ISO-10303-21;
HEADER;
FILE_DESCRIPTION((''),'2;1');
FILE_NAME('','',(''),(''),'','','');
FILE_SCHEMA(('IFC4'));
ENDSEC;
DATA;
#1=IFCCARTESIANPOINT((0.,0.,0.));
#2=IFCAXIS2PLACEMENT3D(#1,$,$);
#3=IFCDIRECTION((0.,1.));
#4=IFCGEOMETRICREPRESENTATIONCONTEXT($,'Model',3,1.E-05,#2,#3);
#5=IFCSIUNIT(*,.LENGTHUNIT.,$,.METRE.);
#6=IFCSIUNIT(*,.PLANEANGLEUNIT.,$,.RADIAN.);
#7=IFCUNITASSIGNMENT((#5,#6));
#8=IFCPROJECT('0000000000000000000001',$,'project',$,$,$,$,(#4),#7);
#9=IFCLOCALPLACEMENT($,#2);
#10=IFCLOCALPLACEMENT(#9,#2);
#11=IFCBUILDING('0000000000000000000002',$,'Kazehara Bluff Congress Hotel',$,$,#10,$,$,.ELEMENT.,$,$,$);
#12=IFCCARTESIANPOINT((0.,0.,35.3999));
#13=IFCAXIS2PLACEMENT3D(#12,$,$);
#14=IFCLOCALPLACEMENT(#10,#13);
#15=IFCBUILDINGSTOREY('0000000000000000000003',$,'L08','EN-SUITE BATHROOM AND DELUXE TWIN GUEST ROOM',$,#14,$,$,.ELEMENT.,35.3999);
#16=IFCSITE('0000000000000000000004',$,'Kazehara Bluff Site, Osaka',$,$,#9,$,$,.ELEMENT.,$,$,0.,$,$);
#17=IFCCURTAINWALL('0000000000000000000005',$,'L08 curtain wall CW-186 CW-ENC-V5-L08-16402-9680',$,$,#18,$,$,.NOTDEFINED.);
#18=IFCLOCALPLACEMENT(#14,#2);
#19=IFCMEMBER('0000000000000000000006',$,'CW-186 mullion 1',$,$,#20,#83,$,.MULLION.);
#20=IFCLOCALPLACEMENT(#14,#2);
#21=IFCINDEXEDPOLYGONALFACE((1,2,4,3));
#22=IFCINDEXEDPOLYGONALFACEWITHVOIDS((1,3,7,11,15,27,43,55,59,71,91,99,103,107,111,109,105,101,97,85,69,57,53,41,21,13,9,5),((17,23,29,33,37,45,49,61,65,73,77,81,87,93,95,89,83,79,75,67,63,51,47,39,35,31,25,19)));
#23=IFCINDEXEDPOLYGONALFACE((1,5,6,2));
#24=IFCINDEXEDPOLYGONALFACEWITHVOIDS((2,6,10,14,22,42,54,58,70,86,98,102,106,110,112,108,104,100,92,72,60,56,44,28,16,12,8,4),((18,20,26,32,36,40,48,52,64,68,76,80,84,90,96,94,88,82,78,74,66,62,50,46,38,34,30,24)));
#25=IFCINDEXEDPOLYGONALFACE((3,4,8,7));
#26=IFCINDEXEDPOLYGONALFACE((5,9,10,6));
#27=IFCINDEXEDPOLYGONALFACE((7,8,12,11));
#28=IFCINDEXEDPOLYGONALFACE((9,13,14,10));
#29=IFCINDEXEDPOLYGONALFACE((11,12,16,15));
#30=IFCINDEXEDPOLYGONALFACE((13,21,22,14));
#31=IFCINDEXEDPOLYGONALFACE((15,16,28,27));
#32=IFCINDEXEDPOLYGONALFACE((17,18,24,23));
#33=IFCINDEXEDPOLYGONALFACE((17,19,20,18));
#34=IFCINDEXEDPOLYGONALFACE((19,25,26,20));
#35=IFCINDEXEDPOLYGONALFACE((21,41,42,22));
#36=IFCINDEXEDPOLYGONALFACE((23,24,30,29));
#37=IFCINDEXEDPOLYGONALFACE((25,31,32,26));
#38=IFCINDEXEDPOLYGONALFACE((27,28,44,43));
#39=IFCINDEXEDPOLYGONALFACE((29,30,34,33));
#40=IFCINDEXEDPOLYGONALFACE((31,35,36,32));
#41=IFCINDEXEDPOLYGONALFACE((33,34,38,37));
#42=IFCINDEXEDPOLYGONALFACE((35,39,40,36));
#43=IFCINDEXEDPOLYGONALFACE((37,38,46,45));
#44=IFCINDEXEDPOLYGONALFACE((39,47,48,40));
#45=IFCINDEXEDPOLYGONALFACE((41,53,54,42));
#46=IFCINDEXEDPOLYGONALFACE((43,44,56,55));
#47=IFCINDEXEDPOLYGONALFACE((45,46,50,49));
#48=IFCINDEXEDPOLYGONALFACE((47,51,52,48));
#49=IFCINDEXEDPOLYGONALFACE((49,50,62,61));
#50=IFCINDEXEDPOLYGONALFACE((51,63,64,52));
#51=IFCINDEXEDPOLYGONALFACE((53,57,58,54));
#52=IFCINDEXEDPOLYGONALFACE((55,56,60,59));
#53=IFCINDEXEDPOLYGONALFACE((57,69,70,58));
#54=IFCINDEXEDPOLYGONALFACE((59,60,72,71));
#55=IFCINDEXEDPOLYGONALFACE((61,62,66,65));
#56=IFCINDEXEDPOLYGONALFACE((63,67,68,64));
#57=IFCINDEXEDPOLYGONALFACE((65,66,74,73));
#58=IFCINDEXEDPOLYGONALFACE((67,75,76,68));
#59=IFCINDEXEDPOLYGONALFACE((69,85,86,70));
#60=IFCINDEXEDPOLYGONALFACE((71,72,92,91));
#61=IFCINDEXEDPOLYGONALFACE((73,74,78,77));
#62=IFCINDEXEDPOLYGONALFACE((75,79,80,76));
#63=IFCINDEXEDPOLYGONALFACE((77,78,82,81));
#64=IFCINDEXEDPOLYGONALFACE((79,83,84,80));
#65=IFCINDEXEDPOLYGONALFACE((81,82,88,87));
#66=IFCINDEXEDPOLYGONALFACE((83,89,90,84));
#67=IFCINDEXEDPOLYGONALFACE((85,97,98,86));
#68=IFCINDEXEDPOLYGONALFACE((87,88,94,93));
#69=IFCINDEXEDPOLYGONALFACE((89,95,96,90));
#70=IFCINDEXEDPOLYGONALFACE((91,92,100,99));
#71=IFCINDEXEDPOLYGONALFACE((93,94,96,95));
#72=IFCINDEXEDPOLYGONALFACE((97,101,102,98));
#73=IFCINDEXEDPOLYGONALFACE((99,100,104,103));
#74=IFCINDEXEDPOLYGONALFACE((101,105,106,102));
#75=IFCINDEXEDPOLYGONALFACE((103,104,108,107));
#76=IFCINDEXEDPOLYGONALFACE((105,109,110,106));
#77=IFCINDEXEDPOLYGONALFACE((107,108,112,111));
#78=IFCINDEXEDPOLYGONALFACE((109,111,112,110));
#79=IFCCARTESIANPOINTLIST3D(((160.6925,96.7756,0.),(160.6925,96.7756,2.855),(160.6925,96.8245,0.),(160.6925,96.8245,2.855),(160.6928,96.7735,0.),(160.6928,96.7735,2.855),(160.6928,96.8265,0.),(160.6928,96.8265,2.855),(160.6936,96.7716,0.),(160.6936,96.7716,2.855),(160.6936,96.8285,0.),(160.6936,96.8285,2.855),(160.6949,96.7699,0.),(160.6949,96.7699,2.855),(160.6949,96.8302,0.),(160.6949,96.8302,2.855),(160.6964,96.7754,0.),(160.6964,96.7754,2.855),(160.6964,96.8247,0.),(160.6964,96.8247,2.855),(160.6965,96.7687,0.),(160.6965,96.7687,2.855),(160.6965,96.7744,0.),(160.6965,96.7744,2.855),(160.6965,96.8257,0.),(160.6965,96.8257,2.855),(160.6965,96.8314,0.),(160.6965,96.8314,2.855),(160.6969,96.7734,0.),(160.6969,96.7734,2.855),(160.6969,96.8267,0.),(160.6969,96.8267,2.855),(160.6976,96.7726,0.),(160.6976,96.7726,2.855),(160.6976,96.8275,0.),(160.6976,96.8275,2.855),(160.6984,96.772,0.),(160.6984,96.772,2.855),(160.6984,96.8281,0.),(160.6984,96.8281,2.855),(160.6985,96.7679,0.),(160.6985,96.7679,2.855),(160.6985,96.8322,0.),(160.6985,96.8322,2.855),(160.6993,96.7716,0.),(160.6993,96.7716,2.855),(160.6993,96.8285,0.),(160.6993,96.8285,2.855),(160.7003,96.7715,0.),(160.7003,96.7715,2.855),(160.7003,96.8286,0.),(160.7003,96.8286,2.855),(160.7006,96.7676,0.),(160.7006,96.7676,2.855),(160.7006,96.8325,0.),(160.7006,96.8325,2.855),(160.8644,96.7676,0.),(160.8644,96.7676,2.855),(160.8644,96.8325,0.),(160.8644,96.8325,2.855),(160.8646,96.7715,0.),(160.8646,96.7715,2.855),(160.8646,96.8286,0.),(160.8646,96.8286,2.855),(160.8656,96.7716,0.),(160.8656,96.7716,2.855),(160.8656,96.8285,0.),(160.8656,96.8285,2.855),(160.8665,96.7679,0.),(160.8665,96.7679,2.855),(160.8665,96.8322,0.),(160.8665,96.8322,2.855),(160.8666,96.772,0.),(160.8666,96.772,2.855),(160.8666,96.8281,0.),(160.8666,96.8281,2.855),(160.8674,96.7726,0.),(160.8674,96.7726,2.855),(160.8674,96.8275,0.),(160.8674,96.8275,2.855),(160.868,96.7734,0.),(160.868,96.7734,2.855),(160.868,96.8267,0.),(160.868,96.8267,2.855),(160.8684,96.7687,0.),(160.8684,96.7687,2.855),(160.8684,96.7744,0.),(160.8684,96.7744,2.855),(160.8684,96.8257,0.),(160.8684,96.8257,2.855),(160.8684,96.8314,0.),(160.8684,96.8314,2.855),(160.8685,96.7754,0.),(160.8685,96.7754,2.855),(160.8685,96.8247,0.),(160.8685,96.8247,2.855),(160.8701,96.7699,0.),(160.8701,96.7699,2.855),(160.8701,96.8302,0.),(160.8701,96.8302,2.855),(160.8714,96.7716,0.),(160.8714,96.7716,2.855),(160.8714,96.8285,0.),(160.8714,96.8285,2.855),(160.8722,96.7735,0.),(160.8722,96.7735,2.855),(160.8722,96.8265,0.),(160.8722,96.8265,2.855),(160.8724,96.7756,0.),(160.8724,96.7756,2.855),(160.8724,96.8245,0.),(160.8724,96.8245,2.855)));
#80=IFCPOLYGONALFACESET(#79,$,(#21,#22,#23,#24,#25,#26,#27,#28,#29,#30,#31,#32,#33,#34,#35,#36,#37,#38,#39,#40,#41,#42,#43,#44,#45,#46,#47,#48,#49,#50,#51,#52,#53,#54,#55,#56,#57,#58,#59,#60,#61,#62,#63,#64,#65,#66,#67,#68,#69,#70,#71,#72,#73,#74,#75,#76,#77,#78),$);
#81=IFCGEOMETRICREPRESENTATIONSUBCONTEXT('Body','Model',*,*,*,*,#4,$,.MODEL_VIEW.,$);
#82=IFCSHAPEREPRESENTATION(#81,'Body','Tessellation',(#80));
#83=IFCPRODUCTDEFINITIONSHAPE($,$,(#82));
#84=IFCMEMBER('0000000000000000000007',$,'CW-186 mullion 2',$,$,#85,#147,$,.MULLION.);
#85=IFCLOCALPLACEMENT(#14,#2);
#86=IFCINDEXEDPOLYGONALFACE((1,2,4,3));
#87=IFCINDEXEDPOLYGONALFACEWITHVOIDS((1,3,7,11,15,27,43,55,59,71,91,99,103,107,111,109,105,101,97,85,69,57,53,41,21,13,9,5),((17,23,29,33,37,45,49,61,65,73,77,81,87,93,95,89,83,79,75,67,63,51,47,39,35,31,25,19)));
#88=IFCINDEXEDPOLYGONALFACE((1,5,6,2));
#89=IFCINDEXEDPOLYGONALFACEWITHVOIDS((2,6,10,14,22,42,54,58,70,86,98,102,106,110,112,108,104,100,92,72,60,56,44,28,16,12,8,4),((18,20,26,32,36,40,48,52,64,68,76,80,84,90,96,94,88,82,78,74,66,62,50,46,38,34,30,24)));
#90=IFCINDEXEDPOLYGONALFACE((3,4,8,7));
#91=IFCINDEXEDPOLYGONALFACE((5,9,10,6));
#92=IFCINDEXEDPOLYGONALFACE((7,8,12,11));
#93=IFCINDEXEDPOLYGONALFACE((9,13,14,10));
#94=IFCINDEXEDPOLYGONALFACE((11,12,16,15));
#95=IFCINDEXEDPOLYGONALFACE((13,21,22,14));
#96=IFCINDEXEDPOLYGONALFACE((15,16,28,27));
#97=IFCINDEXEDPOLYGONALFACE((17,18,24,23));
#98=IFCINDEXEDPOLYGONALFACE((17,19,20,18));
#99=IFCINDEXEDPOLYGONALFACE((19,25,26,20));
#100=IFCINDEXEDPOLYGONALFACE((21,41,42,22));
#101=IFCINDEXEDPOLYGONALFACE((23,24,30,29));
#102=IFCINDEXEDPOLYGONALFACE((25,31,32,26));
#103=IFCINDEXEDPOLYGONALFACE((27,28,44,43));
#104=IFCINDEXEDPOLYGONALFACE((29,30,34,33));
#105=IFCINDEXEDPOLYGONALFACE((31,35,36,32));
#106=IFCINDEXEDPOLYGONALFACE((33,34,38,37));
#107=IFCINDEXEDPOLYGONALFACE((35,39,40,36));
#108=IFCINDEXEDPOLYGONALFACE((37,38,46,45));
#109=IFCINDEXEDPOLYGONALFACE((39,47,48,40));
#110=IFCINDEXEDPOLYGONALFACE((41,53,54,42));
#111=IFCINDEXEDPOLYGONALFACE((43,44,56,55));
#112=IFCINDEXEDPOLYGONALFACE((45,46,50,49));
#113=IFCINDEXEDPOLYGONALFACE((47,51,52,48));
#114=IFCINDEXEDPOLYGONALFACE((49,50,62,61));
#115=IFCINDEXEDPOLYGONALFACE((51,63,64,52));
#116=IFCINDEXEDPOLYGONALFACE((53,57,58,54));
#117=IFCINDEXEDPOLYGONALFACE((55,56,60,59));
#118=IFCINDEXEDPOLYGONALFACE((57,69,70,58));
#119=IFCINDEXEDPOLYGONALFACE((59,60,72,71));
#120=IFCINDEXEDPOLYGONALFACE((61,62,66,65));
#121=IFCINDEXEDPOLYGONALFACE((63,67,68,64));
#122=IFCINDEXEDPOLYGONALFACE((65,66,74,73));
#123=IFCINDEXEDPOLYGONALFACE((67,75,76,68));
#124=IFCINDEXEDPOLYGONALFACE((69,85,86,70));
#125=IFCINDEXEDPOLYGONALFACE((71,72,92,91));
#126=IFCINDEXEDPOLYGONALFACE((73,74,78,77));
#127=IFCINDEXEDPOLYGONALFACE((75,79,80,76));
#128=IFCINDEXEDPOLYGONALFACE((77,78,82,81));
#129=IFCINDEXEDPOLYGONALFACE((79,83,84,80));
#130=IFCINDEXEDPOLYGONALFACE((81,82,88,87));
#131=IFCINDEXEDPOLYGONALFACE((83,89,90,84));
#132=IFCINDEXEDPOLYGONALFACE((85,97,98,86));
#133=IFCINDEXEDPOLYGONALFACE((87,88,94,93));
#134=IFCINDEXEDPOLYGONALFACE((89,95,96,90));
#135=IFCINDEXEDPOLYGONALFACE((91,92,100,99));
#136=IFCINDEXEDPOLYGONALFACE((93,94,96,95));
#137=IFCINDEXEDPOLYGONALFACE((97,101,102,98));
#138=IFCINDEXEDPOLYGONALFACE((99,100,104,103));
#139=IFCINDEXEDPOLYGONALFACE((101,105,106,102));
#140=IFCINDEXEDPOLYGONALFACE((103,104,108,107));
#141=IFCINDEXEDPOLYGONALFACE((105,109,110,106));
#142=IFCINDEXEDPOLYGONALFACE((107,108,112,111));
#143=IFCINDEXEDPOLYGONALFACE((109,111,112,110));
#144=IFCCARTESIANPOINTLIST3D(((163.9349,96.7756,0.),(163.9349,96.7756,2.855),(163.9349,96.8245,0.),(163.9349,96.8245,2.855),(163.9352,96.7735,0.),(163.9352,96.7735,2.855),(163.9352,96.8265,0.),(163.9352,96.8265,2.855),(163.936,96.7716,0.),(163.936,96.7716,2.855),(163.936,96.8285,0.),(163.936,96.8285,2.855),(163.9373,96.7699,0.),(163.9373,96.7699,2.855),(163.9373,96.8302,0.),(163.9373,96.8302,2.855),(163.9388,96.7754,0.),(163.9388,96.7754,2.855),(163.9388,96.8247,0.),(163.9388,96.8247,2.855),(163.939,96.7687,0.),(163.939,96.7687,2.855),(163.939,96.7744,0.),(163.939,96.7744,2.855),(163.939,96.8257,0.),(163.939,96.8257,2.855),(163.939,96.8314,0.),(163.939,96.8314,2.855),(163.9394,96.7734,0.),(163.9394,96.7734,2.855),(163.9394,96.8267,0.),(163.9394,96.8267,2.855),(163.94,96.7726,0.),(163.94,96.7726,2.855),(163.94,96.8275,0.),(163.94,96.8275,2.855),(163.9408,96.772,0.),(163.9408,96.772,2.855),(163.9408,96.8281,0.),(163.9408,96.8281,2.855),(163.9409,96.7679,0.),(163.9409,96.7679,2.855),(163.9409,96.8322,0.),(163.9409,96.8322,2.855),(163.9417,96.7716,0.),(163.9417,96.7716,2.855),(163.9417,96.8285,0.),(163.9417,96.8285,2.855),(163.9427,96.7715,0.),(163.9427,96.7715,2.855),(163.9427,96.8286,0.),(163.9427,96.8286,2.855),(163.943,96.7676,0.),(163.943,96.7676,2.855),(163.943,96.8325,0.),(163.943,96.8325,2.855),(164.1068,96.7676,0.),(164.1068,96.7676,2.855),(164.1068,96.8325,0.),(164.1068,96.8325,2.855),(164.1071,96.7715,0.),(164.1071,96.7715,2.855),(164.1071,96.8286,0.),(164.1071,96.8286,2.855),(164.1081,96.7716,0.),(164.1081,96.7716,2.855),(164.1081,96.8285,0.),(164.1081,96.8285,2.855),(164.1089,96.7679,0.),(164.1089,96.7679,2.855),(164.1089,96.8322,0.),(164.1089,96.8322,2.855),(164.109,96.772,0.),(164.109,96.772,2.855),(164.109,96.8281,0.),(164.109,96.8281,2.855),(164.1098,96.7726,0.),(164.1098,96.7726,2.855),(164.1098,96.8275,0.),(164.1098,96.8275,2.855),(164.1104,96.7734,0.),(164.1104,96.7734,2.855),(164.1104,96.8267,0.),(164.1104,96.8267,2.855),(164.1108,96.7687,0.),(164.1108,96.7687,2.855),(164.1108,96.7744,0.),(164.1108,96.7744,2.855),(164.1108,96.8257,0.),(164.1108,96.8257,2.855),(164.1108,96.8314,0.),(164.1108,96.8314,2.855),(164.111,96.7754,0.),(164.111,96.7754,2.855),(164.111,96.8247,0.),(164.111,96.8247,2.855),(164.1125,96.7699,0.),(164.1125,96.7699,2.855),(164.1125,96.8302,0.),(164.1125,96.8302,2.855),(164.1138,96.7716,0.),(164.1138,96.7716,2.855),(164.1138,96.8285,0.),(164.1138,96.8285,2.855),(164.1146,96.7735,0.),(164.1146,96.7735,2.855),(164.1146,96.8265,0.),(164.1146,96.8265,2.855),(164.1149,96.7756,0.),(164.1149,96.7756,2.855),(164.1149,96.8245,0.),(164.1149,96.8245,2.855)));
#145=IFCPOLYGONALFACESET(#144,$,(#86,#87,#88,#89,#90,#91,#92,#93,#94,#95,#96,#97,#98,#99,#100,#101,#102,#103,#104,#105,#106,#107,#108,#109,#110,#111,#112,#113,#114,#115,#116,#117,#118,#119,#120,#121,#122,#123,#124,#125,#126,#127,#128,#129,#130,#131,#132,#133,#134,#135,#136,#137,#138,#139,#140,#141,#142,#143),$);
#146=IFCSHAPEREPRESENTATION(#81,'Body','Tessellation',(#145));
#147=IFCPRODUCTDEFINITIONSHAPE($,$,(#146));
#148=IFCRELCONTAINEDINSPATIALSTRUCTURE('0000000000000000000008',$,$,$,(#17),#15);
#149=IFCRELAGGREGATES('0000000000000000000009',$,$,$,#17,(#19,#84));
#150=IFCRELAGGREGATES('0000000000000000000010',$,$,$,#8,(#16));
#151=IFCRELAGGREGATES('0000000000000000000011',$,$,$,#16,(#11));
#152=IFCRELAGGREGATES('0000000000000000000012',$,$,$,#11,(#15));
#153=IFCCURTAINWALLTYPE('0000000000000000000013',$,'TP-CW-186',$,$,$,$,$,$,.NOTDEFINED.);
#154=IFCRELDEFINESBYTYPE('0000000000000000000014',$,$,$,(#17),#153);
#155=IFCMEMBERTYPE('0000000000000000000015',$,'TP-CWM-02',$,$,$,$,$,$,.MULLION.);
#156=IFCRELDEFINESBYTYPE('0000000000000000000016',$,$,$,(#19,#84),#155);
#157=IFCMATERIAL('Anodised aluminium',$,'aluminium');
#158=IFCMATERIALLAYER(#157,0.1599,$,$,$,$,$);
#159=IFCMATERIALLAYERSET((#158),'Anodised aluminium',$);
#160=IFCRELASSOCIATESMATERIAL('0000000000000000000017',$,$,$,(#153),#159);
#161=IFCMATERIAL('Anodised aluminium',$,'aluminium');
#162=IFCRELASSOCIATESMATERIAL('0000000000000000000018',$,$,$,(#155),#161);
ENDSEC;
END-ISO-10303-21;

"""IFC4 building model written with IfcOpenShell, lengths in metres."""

from ifc_helpers import new_model, si_unit, direction, frame, origin, origin_2d, place, context, subcontext, project, spatial, hollow_rectangle, extrude, material, layer, layer_set, material_profile, profile_set, type_object, element, aggregate, save


model = new_model("IFC4")

# Units and contexts
model_context = context("Model", 3, precision=1e-05, world=origin(), true_north=direction((0.0, 1.0)))
body_context = subcontext(model_context, "Body", "Model", "MODEL_VIEW")
ifc_project = project(units=[si_unit("LENGTHUNIT", "METRE"), si_unit("PLANEANGLEUNIT", "RADIAN")], contexts=[model_context])

# Site, building, storey
site_placement = place(None, origin())
site = spatial("IfcSite", under=ifc_project, at=site_placement, Name="Kazehara Bluff Site, Osaka", CompositionType="ELEMENT", RefElevation=0.0)
building_placement = place(site_placement, origin())
building = spatial("IfcBuilding", under=site, at=building_placement, Name="Kazehara Bluff Congress Hotel", CompositionType="ELEMENT")
storey_placement = place(building_placement, frame((0.0, 0.0, 35.3999)))
storey = spatial("IfcBuildingStorey", under=building, at=storey_placement, Name="L08", Description="EN-SUITE BATHROOM AND DELUXE TWIN GUEST ROOM", CompositionType="ELEMENT", Elevation=35.3999)

# Curtain wall, members
ifc_material_1 = material(Name="Anodised aluminium", Category="aluminium")
ifc_layer_1 = layer(ifc_material_1, 0.1599)
ifc_layer_set_1 = layer_set([ifc_layer_1], Name="Anodised aluminium")
curtain_wall_type = type_object("IfcCurtainWallType", Name="TP-CW-186", PredefinedType="NOTDEFINED", material=ifc_layer_set_1)
curtain_wall_placement = place(storey_placement, origin())
curtain_wall = element("IfcCurtainWall", 1, at=curtain_wall_placement, inside=storey, type_object=curtain_wall_type, Name="L08 curtain wall CW-186 CW-ENC-V5-L08-16402-9680", PredefinedType="NOTDEFINED")
ifc_material_2 = material(Name="Anodised aluminium", Category="aluminium")
ifc_material_profile_1 = material_profile(ifc_material_2, hollow_rectangle(XDim=0.0649, YDim=0.1799, WallThickness=0.0039, InnerFilletRadius=0.0039, OuterFilletRadius=0.0081, at=origin_2d()))
ifc_profile_set_1 = profile_set([ifc_material_profile_1], Name="Anodised aluminium")
member_type_1 = type_object("IfcMemberType", Name="TP-CWM-02", PredefinedType="MULLION", material=ifc_profile_set_1)
member_1_placement = place(storey_placement, frame((160.7825, 96.8, 0.0), z_axis=(0.0, 0.0, 1.0), x_axis=(0.0, 1.0, 0.0)))
member_1 = element("IfcMember", 2, at=member_1_placement, type_object=member_type_1, Name="CW-186 mullion 1", PredefinedType="MULLION", context=body_context, shape_type="SweptSolid", body=[
    extrude(hollow_rectangle(XDim=0.0649, YDim=0.1799, WallThickness=0.0039, InnerFilletRadius=0.0039, OuterFilletRadius=0.0081, at=origin_2d()), origin(), (0.0, 0.0, 1.0), 2.855),
])
member_2_placement = place(storey_placement, frame((164.0249, 96.8, 0.0), z_axis=(0.0, 0.0, 1.0), x_axis=(0.0, 1.0, 0.0)))
member_2 = element("IfcMember", 3, at=member_2_placement, type_object=member_type_1, Name="CW-186 mullion 2", PredefinedType="MULLION", context=body_context, shape_type="SweptSolid", body=[
    extrude(hollow_rectangle(XDim=0.0649, YDim=0.1799, WallThickness=0.0039, InnerFilletRadius=0.0039, OuterFilletRadius=0.0081, at=origin_2d()), origin(), (0.0, 0.0, 1.0), 2.855),
])

aggregate(curtain_wall, [member_1, member_2])

save(model, "model.ifc")
